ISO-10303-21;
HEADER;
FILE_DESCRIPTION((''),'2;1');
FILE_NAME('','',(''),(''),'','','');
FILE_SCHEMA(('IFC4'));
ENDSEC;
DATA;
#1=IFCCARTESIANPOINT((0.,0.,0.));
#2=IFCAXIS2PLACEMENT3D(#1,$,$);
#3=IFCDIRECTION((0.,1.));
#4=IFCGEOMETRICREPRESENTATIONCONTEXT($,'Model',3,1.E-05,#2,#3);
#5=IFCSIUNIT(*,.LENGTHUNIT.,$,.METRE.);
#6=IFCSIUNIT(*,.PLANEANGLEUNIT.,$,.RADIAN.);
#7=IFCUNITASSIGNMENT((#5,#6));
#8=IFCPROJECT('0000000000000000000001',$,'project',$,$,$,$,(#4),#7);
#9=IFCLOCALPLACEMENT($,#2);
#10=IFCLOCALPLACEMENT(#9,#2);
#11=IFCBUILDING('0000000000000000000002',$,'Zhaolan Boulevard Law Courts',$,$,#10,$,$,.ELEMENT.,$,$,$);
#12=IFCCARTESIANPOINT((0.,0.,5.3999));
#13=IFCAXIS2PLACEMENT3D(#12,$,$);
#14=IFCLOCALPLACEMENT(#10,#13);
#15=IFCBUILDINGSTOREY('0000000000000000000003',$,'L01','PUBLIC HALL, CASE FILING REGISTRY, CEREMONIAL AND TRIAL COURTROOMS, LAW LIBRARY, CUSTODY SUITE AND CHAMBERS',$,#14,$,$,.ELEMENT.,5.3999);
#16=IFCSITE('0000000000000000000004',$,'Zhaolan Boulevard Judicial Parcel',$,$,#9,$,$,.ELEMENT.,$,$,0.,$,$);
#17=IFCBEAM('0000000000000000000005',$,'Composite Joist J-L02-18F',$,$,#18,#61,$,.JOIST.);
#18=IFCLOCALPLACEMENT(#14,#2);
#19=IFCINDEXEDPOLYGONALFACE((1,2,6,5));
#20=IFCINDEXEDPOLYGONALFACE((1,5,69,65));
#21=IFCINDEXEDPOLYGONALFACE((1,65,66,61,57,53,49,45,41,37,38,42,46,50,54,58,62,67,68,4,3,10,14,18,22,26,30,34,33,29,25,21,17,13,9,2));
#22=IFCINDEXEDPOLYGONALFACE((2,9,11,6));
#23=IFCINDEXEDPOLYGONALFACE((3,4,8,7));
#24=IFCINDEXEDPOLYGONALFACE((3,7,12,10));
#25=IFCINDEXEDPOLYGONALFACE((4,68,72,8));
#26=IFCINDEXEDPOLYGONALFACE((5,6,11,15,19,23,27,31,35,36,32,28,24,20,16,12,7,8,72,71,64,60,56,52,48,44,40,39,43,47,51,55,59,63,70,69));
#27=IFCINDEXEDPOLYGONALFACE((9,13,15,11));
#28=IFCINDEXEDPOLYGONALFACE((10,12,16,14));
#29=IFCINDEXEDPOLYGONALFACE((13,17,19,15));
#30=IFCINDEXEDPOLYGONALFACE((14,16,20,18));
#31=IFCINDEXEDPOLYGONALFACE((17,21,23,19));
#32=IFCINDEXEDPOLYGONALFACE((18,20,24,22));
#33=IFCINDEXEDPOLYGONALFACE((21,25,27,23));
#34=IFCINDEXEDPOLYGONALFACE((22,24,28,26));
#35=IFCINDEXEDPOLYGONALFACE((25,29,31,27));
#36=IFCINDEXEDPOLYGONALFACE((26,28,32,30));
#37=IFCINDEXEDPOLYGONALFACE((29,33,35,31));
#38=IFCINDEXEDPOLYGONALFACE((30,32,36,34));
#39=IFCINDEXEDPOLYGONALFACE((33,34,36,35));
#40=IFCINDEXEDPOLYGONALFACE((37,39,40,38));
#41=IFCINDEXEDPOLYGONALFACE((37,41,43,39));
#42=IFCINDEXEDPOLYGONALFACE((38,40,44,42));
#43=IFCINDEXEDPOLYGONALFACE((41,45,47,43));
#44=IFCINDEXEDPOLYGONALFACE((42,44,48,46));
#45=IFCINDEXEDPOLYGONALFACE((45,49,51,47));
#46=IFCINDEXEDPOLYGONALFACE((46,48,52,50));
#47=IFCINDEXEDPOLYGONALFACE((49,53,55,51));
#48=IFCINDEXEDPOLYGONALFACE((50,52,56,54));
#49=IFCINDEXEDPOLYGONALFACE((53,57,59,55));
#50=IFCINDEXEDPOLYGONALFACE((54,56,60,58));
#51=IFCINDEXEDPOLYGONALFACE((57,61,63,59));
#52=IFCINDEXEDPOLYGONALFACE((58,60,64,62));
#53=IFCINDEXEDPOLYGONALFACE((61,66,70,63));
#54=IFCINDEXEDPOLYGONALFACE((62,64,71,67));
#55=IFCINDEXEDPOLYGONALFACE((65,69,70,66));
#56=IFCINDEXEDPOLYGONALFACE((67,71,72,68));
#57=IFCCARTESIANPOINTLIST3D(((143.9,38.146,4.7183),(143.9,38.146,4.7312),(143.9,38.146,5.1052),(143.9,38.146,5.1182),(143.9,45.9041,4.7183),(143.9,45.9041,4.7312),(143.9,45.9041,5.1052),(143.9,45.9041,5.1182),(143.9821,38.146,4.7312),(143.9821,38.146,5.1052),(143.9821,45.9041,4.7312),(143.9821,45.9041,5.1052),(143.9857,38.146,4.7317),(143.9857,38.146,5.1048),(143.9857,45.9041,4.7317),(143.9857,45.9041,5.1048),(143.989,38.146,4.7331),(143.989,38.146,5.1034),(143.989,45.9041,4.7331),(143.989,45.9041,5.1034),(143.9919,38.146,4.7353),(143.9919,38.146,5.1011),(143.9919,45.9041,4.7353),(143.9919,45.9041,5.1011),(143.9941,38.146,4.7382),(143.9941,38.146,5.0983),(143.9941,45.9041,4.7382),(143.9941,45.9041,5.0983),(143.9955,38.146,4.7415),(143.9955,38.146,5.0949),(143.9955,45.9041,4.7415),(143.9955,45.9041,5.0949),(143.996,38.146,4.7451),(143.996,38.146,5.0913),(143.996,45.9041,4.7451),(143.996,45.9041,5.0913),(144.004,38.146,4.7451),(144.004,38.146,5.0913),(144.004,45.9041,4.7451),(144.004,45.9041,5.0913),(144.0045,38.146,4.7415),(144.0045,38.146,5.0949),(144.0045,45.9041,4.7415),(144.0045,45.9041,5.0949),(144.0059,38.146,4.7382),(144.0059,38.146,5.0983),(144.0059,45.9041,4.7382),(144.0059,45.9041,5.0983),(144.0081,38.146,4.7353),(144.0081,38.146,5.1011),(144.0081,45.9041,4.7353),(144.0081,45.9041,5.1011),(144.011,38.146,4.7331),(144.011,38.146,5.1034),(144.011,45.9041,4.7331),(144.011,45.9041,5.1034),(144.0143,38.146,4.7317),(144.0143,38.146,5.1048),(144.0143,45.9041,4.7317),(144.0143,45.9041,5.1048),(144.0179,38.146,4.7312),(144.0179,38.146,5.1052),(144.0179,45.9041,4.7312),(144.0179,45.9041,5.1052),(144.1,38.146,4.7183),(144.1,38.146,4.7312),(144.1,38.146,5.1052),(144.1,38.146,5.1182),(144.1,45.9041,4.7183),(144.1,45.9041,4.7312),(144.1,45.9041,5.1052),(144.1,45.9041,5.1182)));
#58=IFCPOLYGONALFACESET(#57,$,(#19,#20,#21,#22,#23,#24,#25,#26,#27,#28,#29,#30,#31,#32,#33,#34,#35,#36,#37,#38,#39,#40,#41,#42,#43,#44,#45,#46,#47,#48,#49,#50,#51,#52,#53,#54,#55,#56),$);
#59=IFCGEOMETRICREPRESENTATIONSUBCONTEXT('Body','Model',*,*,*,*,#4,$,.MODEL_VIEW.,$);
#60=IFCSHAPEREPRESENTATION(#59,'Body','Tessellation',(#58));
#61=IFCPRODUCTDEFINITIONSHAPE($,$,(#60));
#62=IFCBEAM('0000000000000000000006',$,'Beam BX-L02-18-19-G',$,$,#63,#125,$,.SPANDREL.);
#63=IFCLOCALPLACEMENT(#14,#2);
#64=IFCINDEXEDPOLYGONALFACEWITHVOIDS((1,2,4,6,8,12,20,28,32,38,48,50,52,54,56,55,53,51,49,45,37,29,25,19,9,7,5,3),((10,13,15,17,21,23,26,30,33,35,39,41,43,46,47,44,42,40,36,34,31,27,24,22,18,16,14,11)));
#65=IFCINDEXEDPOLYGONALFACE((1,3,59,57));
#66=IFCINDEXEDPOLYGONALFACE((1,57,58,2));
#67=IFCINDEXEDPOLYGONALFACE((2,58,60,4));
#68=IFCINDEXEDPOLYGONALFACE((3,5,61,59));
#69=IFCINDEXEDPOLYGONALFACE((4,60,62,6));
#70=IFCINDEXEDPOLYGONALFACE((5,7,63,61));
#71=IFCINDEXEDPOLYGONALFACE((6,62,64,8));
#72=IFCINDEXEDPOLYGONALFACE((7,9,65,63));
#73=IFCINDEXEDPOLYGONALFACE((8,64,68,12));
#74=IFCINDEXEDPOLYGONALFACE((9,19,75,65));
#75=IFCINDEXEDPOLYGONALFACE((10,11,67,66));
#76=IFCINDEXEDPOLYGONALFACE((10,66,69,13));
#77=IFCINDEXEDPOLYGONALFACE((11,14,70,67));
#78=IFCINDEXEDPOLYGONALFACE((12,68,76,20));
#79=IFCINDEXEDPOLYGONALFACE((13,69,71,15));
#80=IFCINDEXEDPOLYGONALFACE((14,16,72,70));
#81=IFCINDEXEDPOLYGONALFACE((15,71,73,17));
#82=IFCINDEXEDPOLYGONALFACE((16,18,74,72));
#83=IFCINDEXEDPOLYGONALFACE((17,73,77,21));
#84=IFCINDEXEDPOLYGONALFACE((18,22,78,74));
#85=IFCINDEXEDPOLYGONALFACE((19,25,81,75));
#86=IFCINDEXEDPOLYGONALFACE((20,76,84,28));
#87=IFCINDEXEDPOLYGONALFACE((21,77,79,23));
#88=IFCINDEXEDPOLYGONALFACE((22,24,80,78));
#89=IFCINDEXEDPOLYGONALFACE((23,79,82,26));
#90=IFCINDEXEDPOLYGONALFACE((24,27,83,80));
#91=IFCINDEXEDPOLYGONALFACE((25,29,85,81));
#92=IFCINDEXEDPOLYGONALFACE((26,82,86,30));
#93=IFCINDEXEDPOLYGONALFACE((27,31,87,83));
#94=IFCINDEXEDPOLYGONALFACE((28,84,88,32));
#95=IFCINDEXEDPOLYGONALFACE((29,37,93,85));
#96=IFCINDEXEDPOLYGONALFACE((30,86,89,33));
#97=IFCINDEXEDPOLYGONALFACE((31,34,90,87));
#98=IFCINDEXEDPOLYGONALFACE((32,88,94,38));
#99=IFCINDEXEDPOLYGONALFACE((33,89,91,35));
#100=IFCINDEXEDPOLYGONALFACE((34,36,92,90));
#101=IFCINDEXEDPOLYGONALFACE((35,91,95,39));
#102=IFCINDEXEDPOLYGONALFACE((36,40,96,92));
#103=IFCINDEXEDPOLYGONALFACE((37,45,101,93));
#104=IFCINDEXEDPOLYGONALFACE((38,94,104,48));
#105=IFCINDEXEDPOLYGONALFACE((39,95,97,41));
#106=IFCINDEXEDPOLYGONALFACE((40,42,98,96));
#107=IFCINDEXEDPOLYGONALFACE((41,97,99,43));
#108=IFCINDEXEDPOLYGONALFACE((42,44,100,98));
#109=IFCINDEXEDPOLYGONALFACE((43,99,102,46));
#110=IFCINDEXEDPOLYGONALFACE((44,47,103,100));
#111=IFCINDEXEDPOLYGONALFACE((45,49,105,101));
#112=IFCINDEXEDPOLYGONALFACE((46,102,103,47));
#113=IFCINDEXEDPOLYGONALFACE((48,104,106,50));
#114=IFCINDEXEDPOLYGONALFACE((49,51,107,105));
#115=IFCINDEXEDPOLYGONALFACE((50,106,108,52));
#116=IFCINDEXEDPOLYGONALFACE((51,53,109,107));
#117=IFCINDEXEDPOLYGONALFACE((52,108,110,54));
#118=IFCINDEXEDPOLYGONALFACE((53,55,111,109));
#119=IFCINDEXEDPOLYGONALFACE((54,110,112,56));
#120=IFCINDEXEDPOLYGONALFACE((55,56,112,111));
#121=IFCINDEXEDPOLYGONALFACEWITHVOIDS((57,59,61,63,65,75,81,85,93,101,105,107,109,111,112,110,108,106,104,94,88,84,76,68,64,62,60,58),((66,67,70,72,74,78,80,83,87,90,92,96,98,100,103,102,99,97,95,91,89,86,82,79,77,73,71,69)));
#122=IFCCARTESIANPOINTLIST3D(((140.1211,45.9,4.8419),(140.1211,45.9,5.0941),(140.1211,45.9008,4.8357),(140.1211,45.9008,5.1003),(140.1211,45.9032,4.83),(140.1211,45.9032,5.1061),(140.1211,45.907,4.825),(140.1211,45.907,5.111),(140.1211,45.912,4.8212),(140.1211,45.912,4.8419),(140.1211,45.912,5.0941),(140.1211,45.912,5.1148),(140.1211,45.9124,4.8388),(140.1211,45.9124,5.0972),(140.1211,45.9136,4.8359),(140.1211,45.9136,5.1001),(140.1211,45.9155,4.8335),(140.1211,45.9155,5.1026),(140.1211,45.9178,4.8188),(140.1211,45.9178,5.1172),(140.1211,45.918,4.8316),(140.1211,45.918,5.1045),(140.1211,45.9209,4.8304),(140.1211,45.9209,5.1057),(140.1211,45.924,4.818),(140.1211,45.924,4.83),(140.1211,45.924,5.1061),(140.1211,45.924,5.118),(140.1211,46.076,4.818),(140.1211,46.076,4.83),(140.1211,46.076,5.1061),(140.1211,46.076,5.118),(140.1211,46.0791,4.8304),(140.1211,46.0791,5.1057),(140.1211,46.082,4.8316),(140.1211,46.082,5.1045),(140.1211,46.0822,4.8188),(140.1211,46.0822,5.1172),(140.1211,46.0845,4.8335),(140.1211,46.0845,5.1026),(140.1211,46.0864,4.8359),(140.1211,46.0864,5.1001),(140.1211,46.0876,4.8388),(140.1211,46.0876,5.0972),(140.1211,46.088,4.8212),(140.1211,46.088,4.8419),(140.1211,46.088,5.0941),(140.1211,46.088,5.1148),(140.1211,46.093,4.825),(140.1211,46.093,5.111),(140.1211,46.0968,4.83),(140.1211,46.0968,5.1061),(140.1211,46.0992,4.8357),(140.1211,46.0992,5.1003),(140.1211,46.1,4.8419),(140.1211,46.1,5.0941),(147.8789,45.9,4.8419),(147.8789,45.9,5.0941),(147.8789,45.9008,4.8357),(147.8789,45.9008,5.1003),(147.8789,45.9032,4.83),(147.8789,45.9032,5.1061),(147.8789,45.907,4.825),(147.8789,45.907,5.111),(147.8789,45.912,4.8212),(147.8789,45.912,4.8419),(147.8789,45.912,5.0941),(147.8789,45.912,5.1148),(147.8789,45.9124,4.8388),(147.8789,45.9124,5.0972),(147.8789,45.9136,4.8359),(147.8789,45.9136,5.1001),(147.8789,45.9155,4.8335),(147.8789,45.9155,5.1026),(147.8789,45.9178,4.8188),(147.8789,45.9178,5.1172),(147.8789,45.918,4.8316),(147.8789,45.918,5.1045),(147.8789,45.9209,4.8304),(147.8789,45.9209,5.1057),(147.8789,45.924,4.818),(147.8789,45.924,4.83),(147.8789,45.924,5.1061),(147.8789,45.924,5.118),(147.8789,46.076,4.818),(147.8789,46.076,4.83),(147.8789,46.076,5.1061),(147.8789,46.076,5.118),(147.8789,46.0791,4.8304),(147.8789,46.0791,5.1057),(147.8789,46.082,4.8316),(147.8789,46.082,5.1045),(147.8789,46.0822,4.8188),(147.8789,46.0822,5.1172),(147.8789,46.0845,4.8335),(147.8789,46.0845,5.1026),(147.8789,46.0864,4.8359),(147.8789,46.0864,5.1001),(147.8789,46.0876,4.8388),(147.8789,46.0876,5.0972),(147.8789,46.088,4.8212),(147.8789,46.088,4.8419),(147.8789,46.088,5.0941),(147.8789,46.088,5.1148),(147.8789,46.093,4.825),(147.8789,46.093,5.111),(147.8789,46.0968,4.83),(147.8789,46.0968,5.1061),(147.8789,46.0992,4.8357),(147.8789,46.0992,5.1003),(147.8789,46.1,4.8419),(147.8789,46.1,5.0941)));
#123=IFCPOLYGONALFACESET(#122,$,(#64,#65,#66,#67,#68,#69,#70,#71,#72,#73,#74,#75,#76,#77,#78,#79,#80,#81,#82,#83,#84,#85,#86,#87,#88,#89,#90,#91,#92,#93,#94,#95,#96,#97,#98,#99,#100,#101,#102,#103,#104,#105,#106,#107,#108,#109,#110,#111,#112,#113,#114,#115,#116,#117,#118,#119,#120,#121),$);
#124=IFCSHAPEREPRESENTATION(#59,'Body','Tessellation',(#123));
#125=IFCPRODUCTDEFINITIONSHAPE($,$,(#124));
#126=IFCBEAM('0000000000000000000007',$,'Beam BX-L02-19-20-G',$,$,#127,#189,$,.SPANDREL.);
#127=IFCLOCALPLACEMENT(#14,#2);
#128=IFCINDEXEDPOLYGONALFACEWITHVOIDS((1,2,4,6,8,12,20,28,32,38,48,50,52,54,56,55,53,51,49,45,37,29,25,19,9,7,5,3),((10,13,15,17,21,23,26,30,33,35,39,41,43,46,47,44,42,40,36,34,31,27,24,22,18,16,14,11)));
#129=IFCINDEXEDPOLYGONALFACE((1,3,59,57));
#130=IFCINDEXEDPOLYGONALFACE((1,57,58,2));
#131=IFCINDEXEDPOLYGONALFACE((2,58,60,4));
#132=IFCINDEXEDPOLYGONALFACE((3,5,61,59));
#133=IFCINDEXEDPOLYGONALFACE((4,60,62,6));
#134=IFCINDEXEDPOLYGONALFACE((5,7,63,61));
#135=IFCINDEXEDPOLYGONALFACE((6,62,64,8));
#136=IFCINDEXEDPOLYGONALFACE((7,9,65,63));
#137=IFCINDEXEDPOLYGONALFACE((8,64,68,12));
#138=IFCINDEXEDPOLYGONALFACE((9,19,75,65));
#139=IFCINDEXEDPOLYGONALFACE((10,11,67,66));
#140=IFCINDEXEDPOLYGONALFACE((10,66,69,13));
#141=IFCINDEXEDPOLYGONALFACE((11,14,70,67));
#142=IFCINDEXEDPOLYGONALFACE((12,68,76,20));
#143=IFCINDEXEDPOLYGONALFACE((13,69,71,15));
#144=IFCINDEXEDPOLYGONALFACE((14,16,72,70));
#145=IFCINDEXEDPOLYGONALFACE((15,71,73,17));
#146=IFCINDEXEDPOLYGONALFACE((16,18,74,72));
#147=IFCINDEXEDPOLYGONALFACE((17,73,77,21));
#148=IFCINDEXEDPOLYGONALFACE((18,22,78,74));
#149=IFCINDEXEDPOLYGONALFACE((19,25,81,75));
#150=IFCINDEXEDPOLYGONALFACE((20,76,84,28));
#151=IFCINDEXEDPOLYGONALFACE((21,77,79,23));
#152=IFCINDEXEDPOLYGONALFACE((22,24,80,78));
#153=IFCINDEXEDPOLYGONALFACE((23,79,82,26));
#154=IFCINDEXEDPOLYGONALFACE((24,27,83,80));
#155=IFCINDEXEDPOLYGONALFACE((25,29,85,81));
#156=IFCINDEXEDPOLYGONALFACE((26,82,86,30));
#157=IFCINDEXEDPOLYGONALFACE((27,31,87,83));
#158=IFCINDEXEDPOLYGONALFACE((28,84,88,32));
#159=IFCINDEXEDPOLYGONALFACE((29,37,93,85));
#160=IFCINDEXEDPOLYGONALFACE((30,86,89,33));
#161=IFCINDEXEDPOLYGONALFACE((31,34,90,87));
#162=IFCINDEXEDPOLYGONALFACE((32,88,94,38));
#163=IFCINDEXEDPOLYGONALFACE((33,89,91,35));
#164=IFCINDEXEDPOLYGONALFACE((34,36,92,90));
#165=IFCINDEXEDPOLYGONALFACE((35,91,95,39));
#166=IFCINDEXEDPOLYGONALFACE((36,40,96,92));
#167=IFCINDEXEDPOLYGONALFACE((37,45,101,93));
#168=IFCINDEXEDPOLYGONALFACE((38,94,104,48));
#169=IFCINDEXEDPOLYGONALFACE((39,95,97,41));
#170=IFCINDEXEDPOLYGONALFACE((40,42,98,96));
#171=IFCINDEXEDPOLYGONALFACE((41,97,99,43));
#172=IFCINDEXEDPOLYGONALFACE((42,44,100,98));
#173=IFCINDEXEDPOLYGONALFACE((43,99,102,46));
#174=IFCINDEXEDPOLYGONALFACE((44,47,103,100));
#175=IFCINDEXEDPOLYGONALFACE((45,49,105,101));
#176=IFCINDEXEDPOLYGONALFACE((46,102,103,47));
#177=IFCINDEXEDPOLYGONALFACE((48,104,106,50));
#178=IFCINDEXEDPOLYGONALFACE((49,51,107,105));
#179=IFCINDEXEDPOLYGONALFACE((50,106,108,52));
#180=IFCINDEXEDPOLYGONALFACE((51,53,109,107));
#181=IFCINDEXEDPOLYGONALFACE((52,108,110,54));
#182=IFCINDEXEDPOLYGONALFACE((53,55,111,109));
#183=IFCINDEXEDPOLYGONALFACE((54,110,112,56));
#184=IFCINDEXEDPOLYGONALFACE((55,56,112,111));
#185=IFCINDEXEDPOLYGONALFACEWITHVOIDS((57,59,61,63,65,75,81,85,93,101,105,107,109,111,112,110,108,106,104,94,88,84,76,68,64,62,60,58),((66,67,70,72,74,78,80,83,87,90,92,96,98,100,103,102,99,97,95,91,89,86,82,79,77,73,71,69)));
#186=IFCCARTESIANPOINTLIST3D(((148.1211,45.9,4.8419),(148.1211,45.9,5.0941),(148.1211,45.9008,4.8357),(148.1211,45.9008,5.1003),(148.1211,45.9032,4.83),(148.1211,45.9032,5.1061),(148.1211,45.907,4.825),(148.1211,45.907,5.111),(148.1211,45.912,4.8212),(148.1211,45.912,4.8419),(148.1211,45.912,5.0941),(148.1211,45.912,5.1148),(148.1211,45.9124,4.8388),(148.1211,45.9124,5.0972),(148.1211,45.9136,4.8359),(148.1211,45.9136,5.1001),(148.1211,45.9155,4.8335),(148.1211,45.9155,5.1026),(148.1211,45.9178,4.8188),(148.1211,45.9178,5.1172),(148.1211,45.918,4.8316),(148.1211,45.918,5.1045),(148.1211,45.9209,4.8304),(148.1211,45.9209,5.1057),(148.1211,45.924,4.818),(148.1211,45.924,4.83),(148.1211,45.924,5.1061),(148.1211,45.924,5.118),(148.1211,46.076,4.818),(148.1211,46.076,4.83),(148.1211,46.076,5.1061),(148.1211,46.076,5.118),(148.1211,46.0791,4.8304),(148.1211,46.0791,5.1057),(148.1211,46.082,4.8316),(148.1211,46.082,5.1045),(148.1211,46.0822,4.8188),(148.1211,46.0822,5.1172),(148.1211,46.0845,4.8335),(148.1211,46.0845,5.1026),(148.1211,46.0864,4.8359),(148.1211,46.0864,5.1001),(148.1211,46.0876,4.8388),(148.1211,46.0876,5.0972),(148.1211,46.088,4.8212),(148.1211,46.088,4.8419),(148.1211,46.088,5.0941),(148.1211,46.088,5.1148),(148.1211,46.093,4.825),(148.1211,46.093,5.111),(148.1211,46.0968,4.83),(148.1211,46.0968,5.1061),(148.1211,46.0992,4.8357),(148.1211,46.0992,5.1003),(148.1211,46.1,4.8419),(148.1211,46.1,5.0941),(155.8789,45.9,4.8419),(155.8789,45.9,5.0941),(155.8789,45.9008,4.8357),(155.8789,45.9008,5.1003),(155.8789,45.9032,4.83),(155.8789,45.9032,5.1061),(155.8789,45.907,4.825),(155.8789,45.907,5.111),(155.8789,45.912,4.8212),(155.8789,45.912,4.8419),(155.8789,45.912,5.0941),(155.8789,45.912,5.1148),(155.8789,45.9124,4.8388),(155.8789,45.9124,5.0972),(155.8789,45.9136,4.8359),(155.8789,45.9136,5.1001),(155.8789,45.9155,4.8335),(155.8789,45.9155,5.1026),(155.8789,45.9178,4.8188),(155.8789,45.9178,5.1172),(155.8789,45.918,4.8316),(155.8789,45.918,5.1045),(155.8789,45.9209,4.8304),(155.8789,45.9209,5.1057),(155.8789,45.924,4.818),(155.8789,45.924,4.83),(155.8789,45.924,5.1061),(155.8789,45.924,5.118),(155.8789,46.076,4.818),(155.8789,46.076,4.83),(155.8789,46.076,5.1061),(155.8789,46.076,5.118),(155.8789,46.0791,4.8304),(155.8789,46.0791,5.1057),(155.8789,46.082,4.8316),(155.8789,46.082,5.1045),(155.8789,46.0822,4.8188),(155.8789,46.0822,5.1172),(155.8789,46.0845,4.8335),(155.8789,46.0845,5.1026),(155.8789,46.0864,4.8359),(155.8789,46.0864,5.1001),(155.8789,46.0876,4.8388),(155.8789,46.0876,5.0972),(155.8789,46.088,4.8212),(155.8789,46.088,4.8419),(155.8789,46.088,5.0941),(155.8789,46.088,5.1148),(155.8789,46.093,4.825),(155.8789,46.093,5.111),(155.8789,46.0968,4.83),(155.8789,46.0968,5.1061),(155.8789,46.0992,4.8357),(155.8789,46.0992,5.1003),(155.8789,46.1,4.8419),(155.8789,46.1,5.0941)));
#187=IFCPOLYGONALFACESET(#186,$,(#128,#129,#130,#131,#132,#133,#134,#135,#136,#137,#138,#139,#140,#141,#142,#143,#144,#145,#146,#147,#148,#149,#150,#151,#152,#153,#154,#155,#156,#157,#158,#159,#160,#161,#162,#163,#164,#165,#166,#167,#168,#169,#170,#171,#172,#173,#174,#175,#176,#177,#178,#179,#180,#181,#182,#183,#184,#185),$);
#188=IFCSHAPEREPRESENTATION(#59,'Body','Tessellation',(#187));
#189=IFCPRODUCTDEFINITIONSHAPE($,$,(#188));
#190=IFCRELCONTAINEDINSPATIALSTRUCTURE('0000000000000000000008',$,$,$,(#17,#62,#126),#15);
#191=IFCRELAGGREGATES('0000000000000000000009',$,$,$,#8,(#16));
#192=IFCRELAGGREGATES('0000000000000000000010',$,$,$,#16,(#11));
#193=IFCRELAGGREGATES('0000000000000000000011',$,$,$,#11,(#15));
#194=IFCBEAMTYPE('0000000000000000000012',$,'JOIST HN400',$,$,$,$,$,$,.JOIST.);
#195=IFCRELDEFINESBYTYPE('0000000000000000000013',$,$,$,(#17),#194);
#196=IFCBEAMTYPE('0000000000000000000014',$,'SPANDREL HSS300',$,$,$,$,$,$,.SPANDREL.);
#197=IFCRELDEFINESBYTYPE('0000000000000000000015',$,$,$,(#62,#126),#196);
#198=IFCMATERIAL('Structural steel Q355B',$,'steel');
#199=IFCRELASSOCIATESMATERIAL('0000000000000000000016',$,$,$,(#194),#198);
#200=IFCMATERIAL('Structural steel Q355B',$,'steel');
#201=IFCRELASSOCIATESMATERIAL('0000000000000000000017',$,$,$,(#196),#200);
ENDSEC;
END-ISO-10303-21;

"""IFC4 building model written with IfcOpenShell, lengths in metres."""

from ifc_helpers import new_model, si_unit, direction, frame, origin, origin_2d, place, context, subcontext, project, spatial, hollow_rectangle, i_section, extrude, material, material_profile, profile_set, type_object, element, save


model = new_model("IFC4")

# Units and contexts
model_context = context("Model", 3, precision=1e-05, world=origin(), true_north=direction((0.0, 1.0)))
body_context = subcontext(model_context, "Body", "Model", "MODEL_VIEW")
ifc_project = project(units=[si_unit("LENGTHUNIT", "METRE"), si_unit("PLANEANGLEUNIT", "RADIAN")], contexts=[model_context])

# Site, building, storey
site_placement = place(None, origin())
site = spatial("IfcSite", under=ifc_project, at=site_placement, Name="Zhaolan Boulevard Judicial Parcel", CompositionType="ELEMENT", RefElevation=0.0)
building_placement = place(site_placement, origin())
building = spatial("IfcBuilding", under=site, at=building_placement, Name="Zhaolan Boulevard Law Courts", CompositionType="ELEMENT")
storey_placement = place(building_placement, frame((0.0, 0.0, 5.3999)))
storey = spatial("IfcBuildingStorey", under=building, at=storey_placement, Name="L01", Description="PUBLIC HALL, CASE FILING REGISTRY, CEREMONIAL AND TRIAL COURTROOMS, LAW LIBRARY, CUSTODY SUITE AND CHAMBERS", CompositionType="ELEMENT", Elevation=5.3999)

# Beams
ifc_material_1 = material(Name="Structural steel Q355B", Category="steel")
ifc_material_profile_1 = material_profile(ifc_material_1, i_section(OverallWidth=0.2, OverallDepth=0.3999, WebThickness=0.0081, FlangeThickness=0.0129, FilletRadius=0.0139, at=origin_2d()), Name="HN400x200")
ifc_profile_set_1 = profile_set([ifc_material_profile_1], Name="Structural steel Q355B")
beam_type_1 = type_object("IfcBeamType", Name="JOIST HN400", PredefinedType="JOIST", material=ifc_profile_set_1)
beam_1_placement = place(storey_placement, frame((144.0, 38.146, 4.9182), z_axis=(0.0, 1.0, 0.0), x_axis=(-1.0, 0.0, 0.0)))
element("IfcBeam", 1, at=beam_1_placement, inside=storey, type_object=beam_type_1, Name="Composite Joist J-L02-18F", PredefinedType="JOIST", context=body_context, shape_type="SweptSolid", body=[
    extrude(i_section(OverallWidth=0.2, OverallDepth=0.3999, WebThickness=0.0081, FlangeThickness=0.0129, FilletRadius=0.0139, at=origin_2d()), origin(), (0.0, 0.0, 1.0), 7.7581),
])
ifc_material_2 = material(Name="Structural steel Q355B", Category="steel")
ifc_material_profile_2 = material_profile(ifc_material_2, hollow_rectangle(XDim=0.2, YDim=0.3, WallThickness=0.012, InnerFilletRadius=0.012, OuterFilletRadius=0.0239, at=origin_2d()), Name="HSS300x200x12")
ifc_profile_set_2 = profile_set([ifc_material_profile_2], Name="Structural steel Q355B")
beam_type_2 = type_object("IfcBeamType", Name="SPANDREL HSS300", PredefinedType="SPANDREL", material=ifc_profile_set_2)
for number, where, z_axis, x_axis, name in (
    (2, (140.1211, 46.0, 4.968), (1.0, 0.0, 0.0), (0.0, 1.0, 0.0), "Beam BX-L02-18-19-G"),
    (3, (148.1211, 46.0, 4.968), (1.0, 0.0, 0.0), (0.0, 1.0, 0.0), "Beam BX-L02-19-20-G"),
):
    element("IfcBeam", number, at=place(storey_placement, frame(where, z_axis=z_axis, x_axis=x_axis)), inside=storey, type_object=beam_type_2, Name=name, PredefinedType="SPANDREL", context=body_context, shape_type="SweptSolid", body=[
        extrude(hollow_rectangle(XDim=0.2, YDim=0.3, WallThickness=0.012, InnerFilletRadius=0.012, OuterFilletRadius=0.0239, at=origin_2d()), origin(), (0.0, 0.0, 1.0), 7.7578),
    ])

save(model, "model.ifc")
